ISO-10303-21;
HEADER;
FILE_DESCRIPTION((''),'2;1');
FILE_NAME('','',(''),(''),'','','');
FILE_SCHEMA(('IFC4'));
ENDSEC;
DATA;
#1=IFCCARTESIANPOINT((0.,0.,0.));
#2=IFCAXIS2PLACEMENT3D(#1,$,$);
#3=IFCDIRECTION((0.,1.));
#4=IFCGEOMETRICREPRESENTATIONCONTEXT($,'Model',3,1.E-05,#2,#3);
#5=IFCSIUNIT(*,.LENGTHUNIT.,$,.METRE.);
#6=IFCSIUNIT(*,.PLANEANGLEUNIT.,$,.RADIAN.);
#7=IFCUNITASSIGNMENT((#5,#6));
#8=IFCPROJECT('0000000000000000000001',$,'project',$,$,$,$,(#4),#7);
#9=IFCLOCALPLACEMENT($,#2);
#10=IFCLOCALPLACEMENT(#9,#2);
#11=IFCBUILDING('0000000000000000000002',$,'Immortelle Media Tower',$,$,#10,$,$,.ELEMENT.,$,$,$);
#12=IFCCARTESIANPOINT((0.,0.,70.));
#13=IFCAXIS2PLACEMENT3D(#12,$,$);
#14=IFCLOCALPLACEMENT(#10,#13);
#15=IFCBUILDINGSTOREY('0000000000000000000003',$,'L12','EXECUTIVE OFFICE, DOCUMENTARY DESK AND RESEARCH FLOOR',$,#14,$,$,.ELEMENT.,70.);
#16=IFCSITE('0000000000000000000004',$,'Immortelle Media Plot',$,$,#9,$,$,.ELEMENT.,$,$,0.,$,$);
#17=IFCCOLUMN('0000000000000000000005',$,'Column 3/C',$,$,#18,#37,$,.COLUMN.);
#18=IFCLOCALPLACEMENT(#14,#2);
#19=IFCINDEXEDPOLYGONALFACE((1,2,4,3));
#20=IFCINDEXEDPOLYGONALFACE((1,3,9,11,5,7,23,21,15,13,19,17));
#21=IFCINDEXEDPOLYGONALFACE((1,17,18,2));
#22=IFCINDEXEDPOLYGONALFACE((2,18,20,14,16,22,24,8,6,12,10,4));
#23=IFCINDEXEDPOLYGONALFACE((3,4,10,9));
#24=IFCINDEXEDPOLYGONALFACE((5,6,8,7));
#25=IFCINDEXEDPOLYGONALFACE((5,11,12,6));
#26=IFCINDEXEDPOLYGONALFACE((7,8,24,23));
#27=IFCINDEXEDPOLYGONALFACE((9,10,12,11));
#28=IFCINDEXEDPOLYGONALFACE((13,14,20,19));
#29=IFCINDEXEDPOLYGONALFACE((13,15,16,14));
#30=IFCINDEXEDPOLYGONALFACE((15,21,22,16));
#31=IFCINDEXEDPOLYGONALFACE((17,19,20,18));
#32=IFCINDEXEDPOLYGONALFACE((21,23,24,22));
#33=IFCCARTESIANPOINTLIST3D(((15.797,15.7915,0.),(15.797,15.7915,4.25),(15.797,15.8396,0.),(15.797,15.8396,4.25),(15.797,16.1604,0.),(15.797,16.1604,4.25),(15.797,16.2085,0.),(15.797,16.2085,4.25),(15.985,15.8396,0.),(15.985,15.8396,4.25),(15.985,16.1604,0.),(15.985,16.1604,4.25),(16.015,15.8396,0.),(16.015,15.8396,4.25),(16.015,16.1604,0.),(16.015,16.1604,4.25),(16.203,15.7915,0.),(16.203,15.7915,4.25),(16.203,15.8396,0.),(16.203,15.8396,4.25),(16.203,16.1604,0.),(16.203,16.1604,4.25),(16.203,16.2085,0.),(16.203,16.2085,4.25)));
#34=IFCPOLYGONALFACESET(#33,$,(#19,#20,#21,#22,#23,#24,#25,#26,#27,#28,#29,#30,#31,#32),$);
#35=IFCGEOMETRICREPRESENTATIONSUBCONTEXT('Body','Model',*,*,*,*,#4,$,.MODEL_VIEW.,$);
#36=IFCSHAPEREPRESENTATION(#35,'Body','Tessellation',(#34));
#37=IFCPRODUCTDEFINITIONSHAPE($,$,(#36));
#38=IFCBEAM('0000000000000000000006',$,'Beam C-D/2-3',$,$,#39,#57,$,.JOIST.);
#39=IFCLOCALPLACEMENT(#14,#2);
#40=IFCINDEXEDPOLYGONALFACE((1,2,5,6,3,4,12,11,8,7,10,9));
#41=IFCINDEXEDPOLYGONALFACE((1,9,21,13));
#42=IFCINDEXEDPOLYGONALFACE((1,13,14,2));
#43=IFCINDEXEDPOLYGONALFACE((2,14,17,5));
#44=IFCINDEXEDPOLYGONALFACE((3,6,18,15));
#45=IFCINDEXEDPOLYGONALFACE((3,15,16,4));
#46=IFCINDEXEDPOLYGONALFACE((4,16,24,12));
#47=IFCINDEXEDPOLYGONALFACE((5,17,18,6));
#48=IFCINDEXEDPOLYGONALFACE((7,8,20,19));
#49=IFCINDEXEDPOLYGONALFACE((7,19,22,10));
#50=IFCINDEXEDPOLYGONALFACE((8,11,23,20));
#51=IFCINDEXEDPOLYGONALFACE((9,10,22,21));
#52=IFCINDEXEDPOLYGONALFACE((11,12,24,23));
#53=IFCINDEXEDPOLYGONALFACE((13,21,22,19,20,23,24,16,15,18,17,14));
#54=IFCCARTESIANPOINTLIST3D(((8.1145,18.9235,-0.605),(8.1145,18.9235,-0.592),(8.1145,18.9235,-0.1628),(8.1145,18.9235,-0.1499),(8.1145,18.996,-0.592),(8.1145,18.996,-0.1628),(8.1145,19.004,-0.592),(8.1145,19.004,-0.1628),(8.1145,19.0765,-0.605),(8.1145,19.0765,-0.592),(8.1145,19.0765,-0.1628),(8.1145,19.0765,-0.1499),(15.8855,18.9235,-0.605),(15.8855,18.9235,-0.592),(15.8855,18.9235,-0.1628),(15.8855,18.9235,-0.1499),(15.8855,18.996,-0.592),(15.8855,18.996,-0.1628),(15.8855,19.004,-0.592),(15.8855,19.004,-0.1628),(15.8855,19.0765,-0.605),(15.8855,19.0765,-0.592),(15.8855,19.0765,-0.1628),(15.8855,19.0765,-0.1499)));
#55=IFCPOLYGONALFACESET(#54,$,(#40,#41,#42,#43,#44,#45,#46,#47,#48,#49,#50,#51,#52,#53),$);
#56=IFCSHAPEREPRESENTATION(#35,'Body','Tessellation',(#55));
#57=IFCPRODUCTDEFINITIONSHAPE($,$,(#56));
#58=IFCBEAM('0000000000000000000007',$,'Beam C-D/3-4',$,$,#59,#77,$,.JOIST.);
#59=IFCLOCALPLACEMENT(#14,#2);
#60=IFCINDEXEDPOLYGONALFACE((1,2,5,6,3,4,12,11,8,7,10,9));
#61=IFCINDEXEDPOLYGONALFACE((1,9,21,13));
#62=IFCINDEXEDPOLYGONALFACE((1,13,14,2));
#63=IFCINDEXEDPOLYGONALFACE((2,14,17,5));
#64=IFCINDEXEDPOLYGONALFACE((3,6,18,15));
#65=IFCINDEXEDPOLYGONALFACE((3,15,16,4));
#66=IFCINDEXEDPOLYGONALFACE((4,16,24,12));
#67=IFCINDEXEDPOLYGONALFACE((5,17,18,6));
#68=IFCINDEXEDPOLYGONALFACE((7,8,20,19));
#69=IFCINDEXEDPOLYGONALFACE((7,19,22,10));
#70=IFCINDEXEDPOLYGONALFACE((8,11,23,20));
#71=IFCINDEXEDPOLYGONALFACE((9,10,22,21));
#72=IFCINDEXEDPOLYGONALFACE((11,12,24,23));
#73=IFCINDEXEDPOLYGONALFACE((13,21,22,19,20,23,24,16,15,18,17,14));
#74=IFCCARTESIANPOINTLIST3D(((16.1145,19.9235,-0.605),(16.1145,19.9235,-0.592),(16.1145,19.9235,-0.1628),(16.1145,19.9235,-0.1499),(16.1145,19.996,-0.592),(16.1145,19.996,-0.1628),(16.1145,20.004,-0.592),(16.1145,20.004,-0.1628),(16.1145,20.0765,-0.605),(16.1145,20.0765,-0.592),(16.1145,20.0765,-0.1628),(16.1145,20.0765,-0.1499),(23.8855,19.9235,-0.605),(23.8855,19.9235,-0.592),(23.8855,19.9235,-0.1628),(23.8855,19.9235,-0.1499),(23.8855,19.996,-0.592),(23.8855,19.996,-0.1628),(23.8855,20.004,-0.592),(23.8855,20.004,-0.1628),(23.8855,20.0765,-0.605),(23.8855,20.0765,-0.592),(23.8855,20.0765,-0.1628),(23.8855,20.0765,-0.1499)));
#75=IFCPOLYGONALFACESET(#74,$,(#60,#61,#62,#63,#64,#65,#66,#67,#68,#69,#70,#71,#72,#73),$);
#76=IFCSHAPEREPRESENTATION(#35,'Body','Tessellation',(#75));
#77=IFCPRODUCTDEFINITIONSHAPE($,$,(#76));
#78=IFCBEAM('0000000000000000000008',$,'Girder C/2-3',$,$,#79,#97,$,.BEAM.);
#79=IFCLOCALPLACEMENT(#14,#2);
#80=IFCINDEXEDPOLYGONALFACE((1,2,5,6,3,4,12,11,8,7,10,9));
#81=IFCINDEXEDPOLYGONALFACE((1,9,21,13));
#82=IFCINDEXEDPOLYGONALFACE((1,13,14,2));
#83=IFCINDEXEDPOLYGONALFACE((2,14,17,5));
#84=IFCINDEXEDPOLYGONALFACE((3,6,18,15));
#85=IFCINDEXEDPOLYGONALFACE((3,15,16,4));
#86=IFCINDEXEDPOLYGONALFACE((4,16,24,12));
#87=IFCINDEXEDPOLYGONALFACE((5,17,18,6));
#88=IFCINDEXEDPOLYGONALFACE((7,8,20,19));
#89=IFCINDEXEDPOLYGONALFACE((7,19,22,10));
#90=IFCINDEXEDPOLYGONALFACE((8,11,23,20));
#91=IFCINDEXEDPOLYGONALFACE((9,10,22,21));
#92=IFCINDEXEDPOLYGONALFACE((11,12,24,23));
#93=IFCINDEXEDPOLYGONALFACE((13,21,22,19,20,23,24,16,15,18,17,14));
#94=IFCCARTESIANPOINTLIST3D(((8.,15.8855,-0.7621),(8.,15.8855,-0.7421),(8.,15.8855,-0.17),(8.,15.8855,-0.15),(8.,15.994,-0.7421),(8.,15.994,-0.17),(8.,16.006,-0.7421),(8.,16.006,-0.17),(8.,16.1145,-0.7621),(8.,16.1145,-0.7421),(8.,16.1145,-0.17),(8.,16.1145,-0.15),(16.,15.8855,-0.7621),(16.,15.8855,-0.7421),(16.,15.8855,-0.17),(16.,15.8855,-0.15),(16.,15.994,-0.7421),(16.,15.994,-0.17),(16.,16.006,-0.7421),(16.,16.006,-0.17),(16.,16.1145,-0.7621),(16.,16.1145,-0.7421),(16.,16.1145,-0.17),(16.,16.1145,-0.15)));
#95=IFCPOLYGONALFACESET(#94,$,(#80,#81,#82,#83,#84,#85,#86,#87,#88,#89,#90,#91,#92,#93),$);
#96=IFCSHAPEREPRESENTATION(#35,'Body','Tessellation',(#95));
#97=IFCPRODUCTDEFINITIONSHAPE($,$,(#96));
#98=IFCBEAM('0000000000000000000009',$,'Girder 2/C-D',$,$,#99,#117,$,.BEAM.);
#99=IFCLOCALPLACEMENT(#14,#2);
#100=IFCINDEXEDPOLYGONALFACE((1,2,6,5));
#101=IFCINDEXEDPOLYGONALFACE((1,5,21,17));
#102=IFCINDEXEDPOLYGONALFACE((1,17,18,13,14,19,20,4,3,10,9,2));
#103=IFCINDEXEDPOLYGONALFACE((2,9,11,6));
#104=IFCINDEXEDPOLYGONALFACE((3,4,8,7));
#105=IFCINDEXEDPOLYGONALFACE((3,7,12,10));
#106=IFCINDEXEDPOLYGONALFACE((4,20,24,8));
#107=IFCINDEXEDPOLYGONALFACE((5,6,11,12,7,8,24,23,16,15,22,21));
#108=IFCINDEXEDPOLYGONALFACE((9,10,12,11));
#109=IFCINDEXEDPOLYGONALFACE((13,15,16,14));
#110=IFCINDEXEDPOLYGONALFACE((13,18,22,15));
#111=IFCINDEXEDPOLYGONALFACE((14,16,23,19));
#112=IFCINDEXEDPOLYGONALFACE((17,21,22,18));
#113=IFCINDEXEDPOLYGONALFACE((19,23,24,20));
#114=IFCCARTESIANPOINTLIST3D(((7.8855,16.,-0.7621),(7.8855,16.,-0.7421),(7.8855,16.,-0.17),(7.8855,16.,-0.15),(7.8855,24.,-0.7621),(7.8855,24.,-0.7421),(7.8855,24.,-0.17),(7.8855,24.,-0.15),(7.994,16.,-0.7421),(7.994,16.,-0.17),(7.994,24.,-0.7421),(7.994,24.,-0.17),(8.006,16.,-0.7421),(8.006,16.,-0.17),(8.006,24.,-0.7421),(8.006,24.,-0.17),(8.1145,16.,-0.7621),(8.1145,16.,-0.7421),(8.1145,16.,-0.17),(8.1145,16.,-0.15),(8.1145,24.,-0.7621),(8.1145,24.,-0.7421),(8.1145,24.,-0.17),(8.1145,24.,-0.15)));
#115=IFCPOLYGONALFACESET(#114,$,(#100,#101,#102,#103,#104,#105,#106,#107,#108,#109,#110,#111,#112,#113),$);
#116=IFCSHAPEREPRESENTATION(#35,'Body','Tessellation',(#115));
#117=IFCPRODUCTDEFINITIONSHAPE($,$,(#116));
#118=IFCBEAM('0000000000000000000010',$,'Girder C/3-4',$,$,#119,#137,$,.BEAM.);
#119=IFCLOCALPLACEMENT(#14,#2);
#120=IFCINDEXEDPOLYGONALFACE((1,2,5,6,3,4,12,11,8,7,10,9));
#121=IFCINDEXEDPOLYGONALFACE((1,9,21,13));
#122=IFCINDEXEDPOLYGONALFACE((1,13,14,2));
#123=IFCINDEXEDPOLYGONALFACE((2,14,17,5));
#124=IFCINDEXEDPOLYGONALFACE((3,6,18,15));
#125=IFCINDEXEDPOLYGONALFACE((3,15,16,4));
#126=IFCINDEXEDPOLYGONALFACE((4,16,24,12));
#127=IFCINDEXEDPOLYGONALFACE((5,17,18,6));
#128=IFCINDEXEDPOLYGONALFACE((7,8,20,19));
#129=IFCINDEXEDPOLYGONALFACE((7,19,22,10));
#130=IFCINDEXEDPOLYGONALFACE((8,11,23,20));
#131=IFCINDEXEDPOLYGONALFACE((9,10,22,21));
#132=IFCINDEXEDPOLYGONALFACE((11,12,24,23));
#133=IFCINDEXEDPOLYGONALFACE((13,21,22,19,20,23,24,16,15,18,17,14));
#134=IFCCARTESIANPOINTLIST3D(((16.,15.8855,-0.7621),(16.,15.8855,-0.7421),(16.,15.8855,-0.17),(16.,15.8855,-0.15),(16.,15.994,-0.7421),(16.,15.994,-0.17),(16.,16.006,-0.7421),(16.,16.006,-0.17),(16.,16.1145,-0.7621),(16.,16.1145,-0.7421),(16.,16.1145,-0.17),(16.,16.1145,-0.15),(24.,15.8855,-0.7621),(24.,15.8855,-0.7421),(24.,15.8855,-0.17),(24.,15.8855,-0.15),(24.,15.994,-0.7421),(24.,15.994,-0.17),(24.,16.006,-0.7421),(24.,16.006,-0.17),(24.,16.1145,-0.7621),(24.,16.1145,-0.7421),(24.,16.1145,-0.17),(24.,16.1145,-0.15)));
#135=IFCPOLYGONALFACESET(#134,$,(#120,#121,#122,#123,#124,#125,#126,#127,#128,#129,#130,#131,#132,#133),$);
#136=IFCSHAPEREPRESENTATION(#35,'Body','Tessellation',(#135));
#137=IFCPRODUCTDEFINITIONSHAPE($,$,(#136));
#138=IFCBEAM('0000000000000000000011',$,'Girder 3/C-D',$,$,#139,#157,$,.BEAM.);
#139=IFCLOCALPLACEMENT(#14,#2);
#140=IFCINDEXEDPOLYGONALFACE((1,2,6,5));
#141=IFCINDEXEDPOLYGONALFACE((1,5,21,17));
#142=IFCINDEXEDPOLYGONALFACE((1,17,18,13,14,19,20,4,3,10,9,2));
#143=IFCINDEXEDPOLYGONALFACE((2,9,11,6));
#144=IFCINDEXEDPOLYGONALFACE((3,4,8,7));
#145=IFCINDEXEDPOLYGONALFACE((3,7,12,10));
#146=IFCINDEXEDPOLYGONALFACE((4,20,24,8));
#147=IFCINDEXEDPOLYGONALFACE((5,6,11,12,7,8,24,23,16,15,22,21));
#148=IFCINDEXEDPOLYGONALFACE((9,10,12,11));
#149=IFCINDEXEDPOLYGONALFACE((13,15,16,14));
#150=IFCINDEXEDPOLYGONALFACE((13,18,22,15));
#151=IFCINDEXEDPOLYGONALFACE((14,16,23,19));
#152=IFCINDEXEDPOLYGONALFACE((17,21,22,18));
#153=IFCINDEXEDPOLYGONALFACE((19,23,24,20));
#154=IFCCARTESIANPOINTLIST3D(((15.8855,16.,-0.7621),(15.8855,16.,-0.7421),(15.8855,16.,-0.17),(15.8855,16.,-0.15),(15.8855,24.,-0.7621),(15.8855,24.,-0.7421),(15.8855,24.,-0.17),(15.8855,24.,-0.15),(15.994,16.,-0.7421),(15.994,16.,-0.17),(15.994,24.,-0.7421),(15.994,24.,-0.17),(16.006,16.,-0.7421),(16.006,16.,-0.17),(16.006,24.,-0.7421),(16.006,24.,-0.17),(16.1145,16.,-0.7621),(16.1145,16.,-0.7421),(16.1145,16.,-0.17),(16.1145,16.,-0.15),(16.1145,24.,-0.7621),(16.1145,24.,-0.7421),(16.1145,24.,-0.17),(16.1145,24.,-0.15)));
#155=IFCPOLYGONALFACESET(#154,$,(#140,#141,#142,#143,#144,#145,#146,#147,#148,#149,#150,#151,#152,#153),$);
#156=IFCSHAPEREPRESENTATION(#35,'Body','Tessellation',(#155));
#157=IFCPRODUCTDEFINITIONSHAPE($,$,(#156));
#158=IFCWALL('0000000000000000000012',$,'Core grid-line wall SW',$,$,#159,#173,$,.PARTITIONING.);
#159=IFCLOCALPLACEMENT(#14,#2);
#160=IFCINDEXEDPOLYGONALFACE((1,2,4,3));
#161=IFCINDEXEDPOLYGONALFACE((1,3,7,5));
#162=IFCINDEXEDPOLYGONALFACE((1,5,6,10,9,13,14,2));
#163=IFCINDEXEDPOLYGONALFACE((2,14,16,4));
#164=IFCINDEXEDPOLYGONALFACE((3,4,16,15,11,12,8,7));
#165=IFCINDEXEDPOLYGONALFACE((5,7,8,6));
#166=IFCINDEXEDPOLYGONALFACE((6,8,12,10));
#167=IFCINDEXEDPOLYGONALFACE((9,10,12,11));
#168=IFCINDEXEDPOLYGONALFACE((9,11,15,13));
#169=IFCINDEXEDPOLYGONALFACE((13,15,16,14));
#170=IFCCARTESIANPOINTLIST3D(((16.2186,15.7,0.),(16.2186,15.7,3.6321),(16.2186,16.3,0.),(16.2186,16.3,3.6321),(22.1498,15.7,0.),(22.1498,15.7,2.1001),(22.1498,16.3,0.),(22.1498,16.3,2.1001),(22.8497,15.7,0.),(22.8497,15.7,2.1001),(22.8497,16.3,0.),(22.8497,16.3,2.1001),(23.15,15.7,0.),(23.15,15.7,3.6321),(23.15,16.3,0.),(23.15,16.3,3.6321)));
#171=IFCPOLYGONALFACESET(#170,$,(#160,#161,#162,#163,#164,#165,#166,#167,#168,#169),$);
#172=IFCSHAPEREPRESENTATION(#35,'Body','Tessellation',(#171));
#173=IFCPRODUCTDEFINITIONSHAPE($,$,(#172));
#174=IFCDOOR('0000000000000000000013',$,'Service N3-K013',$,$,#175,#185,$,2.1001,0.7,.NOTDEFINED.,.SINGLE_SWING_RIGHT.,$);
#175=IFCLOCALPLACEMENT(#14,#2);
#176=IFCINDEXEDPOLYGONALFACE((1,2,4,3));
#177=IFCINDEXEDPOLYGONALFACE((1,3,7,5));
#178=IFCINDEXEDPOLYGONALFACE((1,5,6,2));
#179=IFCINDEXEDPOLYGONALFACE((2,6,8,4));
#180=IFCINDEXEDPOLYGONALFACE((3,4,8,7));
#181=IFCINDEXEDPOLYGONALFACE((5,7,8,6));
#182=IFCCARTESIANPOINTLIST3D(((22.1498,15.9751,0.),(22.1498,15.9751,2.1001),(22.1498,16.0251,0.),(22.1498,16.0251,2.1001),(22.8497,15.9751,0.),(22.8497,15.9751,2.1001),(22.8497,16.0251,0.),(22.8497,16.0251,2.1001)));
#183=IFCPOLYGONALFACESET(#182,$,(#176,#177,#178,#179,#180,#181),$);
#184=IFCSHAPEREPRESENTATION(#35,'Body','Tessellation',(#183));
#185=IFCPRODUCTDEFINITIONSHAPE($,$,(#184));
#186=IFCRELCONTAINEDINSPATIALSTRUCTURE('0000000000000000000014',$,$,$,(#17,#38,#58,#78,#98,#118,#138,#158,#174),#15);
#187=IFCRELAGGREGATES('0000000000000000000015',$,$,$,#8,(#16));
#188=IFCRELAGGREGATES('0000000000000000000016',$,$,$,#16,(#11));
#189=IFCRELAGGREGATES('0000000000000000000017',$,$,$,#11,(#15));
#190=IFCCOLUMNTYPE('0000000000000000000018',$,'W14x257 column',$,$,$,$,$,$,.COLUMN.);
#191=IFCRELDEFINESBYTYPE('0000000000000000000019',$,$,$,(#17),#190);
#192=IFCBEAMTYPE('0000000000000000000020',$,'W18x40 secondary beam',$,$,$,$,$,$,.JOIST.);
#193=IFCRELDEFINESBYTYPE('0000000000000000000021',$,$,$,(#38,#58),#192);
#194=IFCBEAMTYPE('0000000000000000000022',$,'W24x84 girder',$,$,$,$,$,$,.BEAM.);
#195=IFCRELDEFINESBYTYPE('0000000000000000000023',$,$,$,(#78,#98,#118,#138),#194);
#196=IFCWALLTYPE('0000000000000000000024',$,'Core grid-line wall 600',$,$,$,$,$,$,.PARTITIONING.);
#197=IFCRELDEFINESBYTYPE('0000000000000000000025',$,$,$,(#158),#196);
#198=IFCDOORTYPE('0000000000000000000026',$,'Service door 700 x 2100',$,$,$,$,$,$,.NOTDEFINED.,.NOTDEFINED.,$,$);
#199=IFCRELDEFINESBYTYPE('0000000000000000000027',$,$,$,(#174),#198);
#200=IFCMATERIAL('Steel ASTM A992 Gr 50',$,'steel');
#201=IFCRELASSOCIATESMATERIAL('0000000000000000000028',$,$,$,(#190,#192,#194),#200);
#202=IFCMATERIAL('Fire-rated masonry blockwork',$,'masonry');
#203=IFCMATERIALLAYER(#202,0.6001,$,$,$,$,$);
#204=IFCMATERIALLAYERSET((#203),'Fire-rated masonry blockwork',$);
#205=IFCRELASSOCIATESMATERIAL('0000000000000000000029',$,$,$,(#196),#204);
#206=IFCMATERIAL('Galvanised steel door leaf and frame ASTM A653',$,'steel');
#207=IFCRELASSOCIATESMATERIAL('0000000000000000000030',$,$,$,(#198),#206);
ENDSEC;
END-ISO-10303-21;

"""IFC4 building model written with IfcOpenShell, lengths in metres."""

from ifc_helpers import new_model, si_unit, direction, frame, frame_2d, origin, origin_2d, place, context, subcontext, project, spatial, rectangle, i_section, extrude, material, layer, layer_set, material_profile, profile_set, type_object, element, fill, save


model = new_model("IFC4")

# Units and contexts
model_context = context("Model", 3, precision=1e-05, world=origin(), true_north=direction((0.0, 1.0)))
body_context = subcontext(model_context, "Body", "Model", "MODEL_VIEW")
ifc_project = project(units=[si_unit("LENGTHUNIT", "METRE"), si_unit("PLANEANGLEUNIT", "RADIAN")], contexts=[model_context])

# Site, building, storey
site_placement = place(None, origin())
site = spatial("IfcSite", under=ifc_project, at=site_placement, Name="Immortelle Media Plot", CompositionType="ELEMENT", RefElevation=0.0)
building_placement = place(site_placement, origin())
building = spatial("IfcBuilding", under=site, at=building_placement, Name="Immortelle Media Tower", CompositionType="ELEMENT")
storey_placement = place(building_placement, frame((0.0, 0.0, 70.0)))
storey = spatial("IfcBuildingStorey", under=building, at=storey_placement, Name="L12", Description="EXECUTIVE OFFICE, DOCUMENTARY DESK AND RESEARCH FLOOR", CompositionType="ELEMENT", Elevation=70.0)

# Column
ifc_material_1 = material(Name="Steel ASTM A992 Gr 50", Category="steel")
ifc_material_profile_1 = material_profile(ifc_material_1, i_section(OverallWidth=0.406, OverallDepth=0.417, WebThickness=0.03, FlangeThickness=0.0481, at=origin_2d()), Name="W14x257")
ifc_profile_set_1 = profile_set([ifc_material_profile_1], Name="Steel ASTM A992 Gr 50")
column_type = type_object("IfcColumnType", Name="W14x257 column", PredefinedType="COLUMN", material=ifc_profile_set_1)
column_placement = place(storey_placement, frame((16.0, 16.0, 0.0), z_axis=(0.0, 0.0, 1.0), x_axis=(1.0, 0.0, 0.0)))
element("IfcColumn", 1, at=column_placement, inside=storey, type_object=column_type, Name="Column 3/C", PredefinedType="COLUMN", context=body_context, shape_type="SweptSolid", body=[
    extrude(i_section(OverallWidth=0.406, OverallDepth=0.417, WebThickness=0.03, FlangeThickness=0.0481, at=origin_2d()), origin(), (0.0, 0.0, 1.0), 4.25),
])

# Beams
ifc_material_profile_2 = material_profile(ifc_material_1, i_section(OverallWidth=0.1531, OverallDepth=0.4551, WebThickness=0.0081, FlangeThickness=0.0129, at=origin_2d()), Name="W18x40")
ifc_profile_set_2 = profile_set([ifc_material_profile_2], Name="Steel ASTM A992 Gr 50")
beam_type_1 = type_object("IfcBeamType", Name="W18x40 secondary beam", PredefinedType="JOIST", material=ifc_profile_set_2)
for number, where, z_axis, x_axis, name in (
    (2, (8.1145, 19.0, -0.3774), (1.0, 0.0, 0.0), (0.0, 1.0, 0.0), "Beam C-D/2-3"),
    (3, (16.1145, 20.0, -0.3774), (1.0, 0.0, 0.0), (0.0, 1.0, 0.0), "Beam C-D/3-4"),
):
    element("IfcBeam", number, at=place(storey_placement, frame(where, z_axis=z_axis, x_axis=x_axis)), inside=storey, type_object=beam_type_1, Name=name, PredefinedType="JOIST", context=body_context, shape_type="SweptSolid", body=[
        extrude(i_section(OverallWidth=0.1531, OverallDepth=0.4551, WebThickness=0.0081, FlangeThickness=0.0129, at=origin_2d()), origin(), (0.0, 0.0, 1.0), 7.771),
    ])
ifc_material_profile_3 = material_profile(ifc_material_1, i_section(OverallWidth=0.229, OverallDepth=0.6121, WebThickness=0.012, FlangeThickness=0.02, at=origin_2d()), Name="W24x84")
ifc_profile_set_3 = profile_set([ifc_material_profile_3], Name="Steel ASTM A992 Gr 50")
beam_type_2 = type_object("IfcBeamType", Name="W24x84 girder", PredefinedType="BEAM", material=ifc_profile_set_3)
for number, where, z_axis, x_axis, name in (
    (4, (8.0, 16.0, -0.4561), (1.0, 0.0, 0.0), (0.0, 1.0, 0.0), "Girder C/2-3"),
    (5, (8.0, 16.0, -0.4561), (0.0, 1.0, 0.0), (-1.0, 0.0, 0.0), "Girder 2/C-D"),
    (6, (16.0, 16.0, -0.4561), (1.0, 0.0, 0.0), (0.0, 1.0, 0.0), "Girder C/3-4"),
    (7, (16.0, 16.0, -0.4561), (0.0, 1.0, 0.0), (-1.0, 0.0, 0.0), "Girder 3/C-D"),
):
    element("IfcBeam", number, at=place(storey_placement, frame(where, z_axis=z_axis, x_axis=x_axis)), inside=storey, type_object=beam_type_2, Name=name, PredefinedType="BEAM", context=body_context, shape_type="SweptSolid", body=[
        extrude(i_section(OverallWidth=0.229, OverallDepth=0.6121, WebThickness=0.012, FlangeThickness=0.02, at=origin_2d()), origin(), (0.0, 0.0, 1.0), 8.0),
    ])

# Wall, opening, door
ifc_material_2 = material(Name="Fire-rated masonry blockwork", Category="masonry")
ifc_layer_1 = layer(ifc_material_2, 0.6001)
ifc_layer_set_1 = layer_set([ifc_layer_1], Name="Fire-rated masonry blockwork")
wall_type_1 = type_object("IfcWallType", Name="Core grid-line wall 600", PredefinedType="PARTITIONING", material=ifc_layer_set_1)
wall_1_placement = place(storey_placement, frame((16.2185, 16.0, 0.0), z_axis=(0.0, 0.0, 1.0), x_axis=(1.0, 0.0, 0.0)))
wall_1 = element("IfcWall", 8, at=wall_1_placement, inside=storey, type_object=wall_type_1, Name="Core grid-line wall SW", PredefinedType="PARTITIONING", context=body_context, shape_type="SweptSolid", body=[
    extrude(rectangle(XDim=6.9314, YDim=0.6001, at=frame_2d((3.4658, 0.0))), origin(), (0.0, 0.0, 1.0), 3.6321),
])
opening_1_placement = place(wall_1_placement, frame((6.6313, 0.0, 0.0), z_axis=(0.0, 0.0, 1.0), x_axis=(-1.0, 0.0, 0.0)))
opening_1 = element("IfcOpeningElement", 9, at=opening_1_placement, cuts=wall_1, PredefinedType="OPENING", context=body_context, shape_type="SweptSolid", body=[
    extrude(rectangle(XDim=0.7, YDim=2.1001, at=frame_2d((0.3501, 1.05))), frame((0.0, 0.3101, 0.0), z_axis=(0.0, -1.0, 0.0), x_axis=(1.0, 0.0, 0.0)), (0.0, 0.0, 1.0), 0.6201),
])
ifc_material_3 = material(Name="Galvanised steel door leaf and frame ASTM A653", Category="steel")
door_type_1 = type_object("IfcDoorType", Name="Service door 700 x 2100", OperationType="NOTDEFINED", PredefinedType="NOTDEFINED", material=ifc_material_3)
door_1_placement = place(opening_1_placement, origin())
door_1 = element("IfcDoor", 10, at=door_1_placement, inside=storey, type_object=door_type_1, Name="Service N3-K013", OperationType="SINGLE_SWING_RIGHT", OverallHeight=2.1001, OverallWidth=0.7, PredefinedType="NOTDEFINED", context=body_context, shape_type="SweptSolid", body=[
    extrude(rectangle(XDim=0.7, YDim=2.1001, at=frame_2d((0.3501, 1.05))), frame((0.0, 0.0249, 0.0), z_axis=(0.0, -1.0, 0.0), x_axis=(1.0, 0.0, 0.0)), (0.0, 0.0, 1.0), 0.05),
])
fill(opening_1, door_1)

save(model, "model.ifc")
